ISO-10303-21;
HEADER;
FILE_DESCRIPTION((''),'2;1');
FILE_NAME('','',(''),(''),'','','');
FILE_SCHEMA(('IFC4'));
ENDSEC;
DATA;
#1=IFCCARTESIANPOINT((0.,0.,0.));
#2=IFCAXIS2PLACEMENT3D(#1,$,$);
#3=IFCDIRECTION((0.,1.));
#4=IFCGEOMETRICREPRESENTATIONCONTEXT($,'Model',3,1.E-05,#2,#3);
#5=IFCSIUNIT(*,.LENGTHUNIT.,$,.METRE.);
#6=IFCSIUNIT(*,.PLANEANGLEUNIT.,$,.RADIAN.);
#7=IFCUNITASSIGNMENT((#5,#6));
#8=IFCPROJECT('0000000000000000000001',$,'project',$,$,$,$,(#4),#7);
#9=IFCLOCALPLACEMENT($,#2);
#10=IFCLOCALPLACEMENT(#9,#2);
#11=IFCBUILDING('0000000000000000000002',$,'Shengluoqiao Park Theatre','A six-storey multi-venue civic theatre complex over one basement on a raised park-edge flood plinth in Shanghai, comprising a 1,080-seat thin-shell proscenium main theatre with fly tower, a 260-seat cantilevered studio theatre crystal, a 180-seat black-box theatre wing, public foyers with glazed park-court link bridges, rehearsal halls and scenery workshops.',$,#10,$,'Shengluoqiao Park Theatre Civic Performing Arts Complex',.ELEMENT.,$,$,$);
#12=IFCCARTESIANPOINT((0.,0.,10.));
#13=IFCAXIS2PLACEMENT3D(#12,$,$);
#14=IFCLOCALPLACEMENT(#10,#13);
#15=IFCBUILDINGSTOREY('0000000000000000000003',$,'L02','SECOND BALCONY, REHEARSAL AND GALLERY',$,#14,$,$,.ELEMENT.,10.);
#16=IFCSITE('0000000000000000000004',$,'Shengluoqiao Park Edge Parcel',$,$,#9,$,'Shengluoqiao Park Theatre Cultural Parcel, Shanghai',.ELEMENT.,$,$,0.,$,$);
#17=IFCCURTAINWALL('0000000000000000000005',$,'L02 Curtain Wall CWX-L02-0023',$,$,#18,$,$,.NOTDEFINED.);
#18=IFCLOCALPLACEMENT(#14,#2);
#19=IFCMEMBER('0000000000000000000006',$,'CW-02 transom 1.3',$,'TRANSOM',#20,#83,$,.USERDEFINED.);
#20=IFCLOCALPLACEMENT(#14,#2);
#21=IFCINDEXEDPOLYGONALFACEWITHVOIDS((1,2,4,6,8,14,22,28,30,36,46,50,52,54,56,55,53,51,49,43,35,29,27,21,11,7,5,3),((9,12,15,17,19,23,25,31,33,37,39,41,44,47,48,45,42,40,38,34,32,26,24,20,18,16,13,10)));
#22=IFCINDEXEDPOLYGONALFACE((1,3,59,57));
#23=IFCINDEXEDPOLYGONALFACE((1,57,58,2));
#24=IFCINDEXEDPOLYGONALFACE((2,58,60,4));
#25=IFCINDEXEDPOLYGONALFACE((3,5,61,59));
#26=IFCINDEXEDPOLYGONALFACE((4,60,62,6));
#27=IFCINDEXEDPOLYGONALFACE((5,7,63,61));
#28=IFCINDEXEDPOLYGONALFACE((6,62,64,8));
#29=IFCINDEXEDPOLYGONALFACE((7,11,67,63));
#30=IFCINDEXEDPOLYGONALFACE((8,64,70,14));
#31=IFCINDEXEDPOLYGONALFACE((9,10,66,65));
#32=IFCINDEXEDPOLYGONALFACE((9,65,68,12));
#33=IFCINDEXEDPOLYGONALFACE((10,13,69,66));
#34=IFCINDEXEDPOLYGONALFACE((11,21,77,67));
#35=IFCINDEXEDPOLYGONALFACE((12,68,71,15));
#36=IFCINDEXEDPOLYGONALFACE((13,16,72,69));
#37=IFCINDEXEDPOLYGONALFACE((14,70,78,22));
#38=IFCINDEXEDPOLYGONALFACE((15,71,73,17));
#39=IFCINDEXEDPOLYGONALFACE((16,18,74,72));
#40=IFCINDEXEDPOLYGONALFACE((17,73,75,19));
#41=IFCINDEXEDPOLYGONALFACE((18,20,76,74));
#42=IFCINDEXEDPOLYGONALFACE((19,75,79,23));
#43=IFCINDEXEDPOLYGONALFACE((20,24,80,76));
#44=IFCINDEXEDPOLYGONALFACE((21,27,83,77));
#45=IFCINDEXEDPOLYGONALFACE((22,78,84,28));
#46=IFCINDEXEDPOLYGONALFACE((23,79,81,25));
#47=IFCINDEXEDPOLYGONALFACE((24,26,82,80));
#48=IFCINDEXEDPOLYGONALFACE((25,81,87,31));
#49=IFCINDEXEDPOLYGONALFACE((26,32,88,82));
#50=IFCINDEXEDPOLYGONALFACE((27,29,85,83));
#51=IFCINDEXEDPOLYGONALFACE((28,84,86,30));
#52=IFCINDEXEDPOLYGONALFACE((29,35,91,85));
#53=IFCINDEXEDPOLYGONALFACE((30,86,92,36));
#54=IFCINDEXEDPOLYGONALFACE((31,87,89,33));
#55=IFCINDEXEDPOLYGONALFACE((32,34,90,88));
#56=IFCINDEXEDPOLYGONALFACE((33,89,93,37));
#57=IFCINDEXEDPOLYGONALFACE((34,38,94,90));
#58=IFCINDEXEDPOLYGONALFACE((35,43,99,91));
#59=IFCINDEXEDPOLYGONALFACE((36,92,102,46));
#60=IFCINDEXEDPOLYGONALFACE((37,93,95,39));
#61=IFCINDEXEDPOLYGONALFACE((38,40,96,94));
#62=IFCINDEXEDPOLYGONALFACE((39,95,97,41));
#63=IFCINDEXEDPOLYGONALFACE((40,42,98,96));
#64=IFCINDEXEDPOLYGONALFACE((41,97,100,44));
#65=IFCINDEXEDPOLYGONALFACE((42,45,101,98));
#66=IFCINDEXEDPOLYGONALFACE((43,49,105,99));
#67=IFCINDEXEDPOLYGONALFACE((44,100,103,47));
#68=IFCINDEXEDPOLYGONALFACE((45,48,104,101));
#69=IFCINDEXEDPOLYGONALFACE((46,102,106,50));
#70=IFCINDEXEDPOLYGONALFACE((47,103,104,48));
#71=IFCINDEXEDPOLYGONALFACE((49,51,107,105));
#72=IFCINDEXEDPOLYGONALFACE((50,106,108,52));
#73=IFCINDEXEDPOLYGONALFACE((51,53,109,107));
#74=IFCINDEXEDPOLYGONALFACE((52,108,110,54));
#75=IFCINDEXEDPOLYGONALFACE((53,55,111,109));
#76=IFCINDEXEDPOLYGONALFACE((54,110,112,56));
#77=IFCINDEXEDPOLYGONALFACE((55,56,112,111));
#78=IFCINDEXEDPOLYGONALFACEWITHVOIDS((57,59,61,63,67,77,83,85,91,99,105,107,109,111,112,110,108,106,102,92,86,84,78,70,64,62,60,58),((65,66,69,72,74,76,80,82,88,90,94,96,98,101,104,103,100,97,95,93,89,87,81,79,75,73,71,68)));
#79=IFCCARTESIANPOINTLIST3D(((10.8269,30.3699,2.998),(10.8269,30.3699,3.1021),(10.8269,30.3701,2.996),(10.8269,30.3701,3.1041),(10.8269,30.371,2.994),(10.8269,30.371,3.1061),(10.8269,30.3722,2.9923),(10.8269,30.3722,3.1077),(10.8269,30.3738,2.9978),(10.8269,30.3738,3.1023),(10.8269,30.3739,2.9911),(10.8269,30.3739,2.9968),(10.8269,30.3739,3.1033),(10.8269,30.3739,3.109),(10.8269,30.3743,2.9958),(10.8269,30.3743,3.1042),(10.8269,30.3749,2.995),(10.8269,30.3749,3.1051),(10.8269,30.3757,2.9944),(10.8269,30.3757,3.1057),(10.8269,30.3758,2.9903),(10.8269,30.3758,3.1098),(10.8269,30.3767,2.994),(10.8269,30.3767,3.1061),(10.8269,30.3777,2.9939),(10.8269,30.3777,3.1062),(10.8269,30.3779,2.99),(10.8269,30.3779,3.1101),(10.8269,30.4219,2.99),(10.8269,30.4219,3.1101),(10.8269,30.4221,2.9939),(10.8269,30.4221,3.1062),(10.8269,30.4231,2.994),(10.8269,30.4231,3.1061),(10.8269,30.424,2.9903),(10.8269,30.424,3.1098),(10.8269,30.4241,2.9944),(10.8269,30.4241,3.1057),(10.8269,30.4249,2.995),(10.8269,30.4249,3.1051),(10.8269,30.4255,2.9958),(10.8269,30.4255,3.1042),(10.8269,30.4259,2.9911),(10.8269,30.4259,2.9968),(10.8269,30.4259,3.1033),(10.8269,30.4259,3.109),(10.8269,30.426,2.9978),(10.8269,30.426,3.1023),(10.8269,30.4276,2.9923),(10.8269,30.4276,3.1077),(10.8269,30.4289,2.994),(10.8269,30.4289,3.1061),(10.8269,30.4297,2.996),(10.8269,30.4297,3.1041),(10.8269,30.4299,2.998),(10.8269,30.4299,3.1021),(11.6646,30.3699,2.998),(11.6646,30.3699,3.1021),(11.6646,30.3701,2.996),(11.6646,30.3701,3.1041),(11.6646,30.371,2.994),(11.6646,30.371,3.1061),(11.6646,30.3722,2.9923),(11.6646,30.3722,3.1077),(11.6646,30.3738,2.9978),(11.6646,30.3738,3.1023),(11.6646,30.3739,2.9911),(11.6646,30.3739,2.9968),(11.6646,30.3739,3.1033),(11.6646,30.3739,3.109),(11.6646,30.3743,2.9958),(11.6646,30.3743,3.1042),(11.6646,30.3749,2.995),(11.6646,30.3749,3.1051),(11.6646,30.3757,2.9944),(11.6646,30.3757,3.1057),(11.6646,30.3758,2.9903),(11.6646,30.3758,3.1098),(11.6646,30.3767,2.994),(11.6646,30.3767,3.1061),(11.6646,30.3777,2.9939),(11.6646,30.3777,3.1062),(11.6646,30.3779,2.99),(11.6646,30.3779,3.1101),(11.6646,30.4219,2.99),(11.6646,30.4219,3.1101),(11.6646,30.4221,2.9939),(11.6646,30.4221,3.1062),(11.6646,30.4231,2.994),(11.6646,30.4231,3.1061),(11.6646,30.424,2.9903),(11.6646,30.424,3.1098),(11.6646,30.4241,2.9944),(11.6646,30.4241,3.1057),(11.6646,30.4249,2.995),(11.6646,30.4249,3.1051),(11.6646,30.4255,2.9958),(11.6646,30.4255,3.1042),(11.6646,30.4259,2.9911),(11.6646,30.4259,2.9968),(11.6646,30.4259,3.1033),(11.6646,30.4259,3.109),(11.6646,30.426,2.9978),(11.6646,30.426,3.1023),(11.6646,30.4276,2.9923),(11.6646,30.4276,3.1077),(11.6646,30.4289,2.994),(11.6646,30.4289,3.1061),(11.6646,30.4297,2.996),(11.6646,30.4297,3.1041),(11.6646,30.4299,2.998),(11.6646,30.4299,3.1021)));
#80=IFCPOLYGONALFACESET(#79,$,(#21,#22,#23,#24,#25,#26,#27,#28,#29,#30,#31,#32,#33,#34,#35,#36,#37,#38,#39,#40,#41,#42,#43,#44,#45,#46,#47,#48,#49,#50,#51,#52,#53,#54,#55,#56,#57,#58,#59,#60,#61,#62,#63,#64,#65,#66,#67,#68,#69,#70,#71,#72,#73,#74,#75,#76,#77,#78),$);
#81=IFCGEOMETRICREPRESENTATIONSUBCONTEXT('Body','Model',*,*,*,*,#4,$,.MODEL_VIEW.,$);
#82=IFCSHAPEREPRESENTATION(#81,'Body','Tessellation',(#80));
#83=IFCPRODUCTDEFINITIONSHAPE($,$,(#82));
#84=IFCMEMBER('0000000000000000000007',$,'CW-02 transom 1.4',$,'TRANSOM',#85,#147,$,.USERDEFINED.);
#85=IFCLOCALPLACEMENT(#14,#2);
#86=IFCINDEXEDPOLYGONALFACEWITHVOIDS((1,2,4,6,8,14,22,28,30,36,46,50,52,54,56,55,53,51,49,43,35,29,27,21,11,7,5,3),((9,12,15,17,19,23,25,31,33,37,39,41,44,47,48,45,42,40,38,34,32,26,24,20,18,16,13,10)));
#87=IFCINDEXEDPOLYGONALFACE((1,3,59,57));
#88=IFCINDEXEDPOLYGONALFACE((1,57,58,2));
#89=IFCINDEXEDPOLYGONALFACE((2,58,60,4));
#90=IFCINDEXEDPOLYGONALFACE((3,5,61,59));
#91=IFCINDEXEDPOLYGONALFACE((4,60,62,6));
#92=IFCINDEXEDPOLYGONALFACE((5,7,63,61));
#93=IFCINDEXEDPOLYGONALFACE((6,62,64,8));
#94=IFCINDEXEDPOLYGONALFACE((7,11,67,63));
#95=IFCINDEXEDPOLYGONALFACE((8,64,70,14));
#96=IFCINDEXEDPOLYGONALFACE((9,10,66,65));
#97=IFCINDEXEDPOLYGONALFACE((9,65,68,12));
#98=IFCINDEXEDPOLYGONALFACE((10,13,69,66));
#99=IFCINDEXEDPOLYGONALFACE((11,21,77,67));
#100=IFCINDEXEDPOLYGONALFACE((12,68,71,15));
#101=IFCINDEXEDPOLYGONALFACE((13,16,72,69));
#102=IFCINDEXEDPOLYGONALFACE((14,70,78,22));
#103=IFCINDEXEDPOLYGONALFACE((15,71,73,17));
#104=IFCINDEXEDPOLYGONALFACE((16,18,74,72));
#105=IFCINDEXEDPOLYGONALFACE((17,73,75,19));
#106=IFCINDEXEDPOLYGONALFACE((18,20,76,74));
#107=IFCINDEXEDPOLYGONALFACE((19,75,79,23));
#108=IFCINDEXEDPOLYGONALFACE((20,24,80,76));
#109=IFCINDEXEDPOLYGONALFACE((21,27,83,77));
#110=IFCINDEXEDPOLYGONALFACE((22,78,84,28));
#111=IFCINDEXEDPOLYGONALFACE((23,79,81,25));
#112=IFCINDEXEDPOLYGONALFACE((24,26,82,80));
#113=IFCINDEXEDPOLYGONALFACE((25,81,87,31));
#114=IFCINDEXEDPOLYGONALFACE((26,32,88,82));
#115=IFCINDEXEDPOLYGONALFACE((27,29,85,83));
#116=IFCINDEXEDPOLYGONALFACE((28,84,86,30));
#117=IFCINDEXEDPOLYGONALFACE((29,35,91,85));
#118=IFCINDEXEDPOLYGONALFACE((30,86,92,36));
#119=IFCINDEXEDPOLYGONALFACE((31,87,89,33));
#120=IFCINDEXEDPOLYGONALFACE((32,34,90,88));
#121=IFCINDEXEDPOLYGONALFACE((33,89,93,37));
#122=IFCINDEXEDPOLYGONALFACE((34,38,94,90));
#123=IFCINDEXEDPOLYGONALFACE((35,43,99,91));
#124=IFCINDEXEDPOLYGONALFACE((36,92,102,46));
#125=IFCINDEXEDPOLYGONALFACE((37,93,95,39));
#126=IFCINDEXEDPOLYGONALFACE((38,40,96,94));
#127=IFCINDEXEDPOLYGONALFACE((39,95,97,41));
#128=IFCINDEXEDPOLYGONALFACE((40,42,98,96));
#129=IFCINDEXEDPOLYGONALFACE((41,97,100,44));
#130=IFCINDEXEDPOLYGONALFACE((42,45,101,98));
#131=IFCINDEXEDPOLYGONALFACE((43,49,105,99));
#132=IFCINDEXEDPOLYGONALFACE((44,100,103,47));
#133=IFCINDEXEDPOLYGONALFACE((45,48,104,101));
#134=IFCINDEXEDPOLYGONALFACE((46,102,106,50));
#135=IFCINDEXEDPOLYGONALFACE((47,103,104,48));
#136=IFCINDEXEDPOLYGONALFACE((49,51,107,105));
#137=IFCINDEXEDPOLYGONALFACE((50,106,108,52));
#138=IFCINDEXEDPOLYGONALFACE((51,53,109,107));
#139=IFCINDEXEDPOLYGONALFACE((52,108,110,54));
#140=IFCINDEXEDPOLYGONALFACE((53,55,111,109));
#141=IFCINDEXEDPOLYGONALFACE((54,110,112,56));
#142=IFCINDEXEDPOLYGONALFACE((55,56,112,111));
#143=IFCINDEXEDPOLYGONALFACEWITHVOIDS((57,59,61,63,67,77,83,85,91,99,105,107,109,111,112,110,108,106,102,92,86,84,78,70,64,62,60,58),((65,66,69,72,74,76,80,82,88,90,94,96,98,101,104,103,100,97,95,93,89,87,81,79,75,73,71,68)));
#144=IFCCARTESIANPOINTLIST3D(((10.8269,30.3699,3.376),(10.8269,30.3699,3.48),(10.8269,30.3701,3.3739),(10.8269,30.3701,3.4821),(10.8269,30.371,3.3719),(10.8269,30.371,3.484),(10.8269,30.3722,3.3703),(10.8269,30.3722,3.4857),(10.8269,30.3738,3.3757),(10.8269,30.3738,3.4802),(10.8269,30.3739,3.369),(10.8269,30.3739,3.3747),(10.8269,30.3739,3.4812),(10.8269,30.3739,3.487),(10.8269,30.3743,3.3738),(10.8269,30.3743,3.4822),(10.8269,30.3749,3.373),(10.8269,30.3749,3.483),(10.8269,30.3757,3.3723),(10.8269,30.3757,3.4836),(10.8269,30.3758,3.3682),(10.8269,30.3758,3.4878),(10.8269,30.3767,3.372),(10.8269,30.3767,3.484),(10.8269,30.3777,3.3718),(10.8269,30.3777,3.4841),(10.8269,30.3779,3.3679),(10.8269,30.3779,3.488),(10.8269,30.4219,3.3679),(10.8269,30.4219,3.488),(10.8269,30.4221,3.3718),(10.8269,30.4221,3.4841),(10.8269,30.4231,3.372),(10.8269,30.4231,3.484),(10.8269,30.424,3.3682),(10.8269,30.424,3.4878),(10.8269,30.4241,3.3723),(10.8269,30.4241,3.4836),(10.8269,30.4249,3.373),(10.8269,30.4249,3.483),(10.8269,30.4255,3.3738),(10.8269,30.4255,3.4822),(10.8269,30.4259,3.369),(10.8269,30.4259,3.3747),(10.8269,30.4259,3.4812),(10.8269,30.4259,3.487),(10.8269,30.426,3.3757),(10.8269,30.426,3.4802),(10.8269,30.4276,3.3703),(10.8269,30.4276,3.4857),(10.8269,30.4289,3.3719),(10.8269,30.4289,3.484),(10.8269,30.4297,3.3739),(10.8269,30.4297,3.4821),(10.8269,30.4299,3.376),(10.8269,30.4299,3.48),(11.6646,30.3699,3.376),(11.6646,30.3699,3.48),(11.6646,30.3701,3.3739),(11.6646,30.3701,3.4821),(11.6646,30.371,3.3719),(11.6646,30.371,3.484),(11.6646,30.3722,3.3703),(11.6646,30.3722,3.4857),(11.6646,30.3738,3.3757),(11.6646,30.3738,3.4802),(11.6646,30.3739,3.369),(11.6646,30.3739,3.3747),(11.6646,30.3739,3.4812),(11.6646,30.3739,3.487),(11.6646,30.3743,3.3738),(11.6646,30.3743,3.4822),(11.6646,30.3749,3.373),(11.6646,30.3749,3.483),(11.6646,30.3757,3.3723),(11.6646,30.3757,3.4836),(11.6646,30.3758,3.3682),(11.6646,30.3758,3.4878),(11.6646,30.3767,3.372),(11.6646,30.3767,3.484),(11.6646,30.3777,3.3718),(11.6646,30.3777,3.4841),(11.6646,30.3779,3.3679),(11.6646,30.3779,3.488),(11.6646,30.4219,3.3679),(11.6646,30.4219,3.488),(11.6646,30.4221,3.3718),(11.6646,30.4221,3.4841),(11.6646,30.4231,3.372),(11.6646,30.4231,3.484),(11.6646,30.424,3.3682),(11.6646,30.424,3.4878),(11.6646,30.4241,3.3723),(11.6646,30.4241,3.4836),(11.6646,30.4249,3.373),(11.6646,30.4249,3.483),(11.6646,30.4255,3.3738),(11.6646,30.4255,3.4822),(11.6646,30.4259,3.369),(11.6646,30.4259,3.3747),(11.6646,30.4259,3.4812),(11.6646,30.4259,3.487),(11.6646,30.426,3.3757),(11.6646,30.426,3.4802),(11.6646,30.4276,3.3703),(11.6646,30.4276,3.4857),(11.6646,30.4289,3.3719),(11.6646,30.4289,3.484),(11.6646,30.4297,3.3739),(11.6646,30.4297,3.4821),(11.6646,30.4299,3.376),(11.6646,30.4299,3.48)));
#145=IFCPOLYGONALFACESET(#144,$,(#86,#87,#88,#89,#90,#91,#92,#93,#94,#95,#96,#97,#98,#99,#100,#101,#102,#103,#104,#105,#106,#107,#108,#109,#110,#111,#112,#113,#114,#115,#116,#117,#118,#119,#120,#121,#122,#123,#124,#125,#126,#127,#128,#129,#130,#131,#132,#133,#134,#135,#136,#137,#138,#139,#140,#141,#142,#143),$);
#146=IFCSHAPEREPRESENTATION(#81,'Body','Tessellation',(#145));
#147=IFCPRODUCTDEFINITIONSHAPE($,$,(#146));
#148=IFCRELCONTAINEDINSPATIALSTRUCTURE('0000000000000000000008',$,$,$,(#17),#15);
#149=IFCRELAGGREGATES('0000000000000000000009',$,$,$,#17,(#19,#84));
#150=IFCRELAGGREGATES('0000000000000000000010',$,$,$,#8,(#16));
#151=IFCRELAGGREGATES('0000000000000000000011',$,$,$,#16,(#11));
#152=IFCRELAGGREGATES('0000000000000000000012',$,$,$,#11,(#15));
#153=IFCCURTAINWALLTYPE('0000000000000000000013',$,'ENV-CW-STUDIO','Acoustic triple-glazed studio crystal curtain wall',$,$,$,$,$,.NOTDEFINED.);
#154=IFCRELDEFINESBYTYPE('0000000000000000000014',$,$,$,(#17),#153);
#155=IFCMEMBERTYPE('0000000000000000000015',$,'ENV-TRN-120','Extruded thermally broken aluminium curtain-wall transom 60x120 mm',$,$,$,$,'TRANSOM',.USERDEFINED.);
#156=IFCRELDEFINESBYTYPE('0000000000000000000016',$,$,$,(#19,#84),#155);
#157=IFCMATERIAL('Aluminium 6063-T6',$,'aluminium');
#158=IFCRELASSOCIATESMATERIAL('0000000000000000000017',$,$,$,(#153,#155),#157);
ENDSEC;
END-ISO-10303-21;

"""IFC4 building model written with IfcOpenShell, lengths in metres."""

from ifc_helpers import new_model, si_unit, direction, frame, origin, origin_2d, place, context, subcontext, project, spatial, hollow_rectangle, extrude, material, material_profile, profile_set, type_object, element, aggregate, save


model = new_model("IFC4")

# Units and contexts
model_context = context("Model", 3, precision=1e-05, world=origin(), true_north=direction((0.0, 1.0)))
body_context = subcontext(model_context, "Body", "Model", "MODEL_VIEW")
ifc_project = project(units=[si_unit("LENGTHUNIT", "METRE"), si_unit("PLANEANGLEUNIT", "RADIAN")], contexts=[model_context])

# Site, building, storey
site_placement = place(None, origin())
site = spatial("IfcSite", under=ifc_project, at=site_placement, Name="Shengluoqiao Park Edge Parcel", LongName="Shengluoqiao Park Theatre Cultural Parcel, Shanghai", CompositionType="ELEMENT", RefElevation=0.0)
building_placement = place(site_placement, origin())
building = spatial("IfcBuilding", under=site, at=building_placement, Name="Shengluoqiao Park Theatre", Description="A six-storey multi-venue civic theatre complex over one basement on a raised park-edge flood plinth in Shanghai, comprising a 1,080-seat thin-shell proscenium main theatre with fly tower, a 260-seat cantilevered studio theatre crystal, a 180-seat black-box theatre wing, public foyers with glazed park-court link bridges, rehearsal halls and scenery workshops.", LongName="Shengluoqiao Park Theatre Civic Performing Arts Complex", CompositionType="ELEMENT")
storey_placement = place(building_placement, frame((0.0, 0.0, 10.0)))
storey = spatial("IfcBuildingStorey", under=building, at=storey_placement, Name="L02", Description="SECOND BALCONY, REHEARSAL AND GALLERY", CompositionType="ELEMENT", Elevation=10.0)

# Curtain wall, members
ifc_material_1 = material(Name="Aluminium 6063-T6", Category="aluminium")
curtain_wall_type = type_object("IfcCurtainWallType", Name="ENV-CW-STUDIO", Description="Acoustic triple-glazed studio crystal curtain wall", PredefinedType="NOTDEFINED", material=ifc_material_1)
curtain_wall_placement = place(storey_placement, origin())
curtain_wall = element("IfcCurtainWall", 1, at=curtain_wall_placement, inside=storey, type_object=curtain_wall_type, Name="L02 Curtain Wall CWX-L02-0023", PredefinedType="NOTDEFINED")
ifc_material_profile_1 = material_profile(ifc_material_1, hollow_rectangle(XDim=0.0601, YDim=0.1201, WallThickness=0.0039, InnerFilletRadius=0.0039, OuterFilletRadius=0.0081, at=origin_2d()), Name="ALU TRANSOM 120x60x4")
ifc_profile_set_1 = profile_set([ifc_material_profile_1], Name="Aluminium 6063-T6")
member_type_1 = type_object("IfcMemberType", Name="ENV-TRN-120", Description="Extruded thermally broken aluminium curtain-wall transom 60x120 mm", ElementType="TRANSOM", PredefinedType="USERDEFINED", material=ifc_profile_set_1)
member_1_placement = place(storey_placement, frame((10.8269, 30.3999, 3.05), z_axis=(1.0, 0.0, 0.0), x_axis=(0.0, 1.0, 0.0)))
member_1 = element("IfcMember", 2, at=member_1_placement, type_object=member_type_1, Name="CW-02 transom 1.3", ObjectType="TRANSOM", PredefinedType="USERDEFINED", context=body_context, shape_type="SweptSolid", body=[
    extrude(hollow_rectangle(XDim=0.0601, YDim=0.1201, WallThickness=0.0039, InnerFilletRadius=0.0039, OuterFilletRadius=0.0081, at=origin_2d()), origin(), (0.0, 0.0, 1.0), 0.8376),
])
member_2_placement = place(storey_placement, frame((10.8269, 30.3999, 3.428), z_axis=(1.0, 0.0, 0.0), x_axis=(0.0, 1.0, 0.0)))
member_2 = element("IfcMember", 3, at=member_2_placement, type_object=member_type_1, Name="CW-02 transom 1.4", ObjectType="TRANSOM", PredefinedType="USERDEFINED", context=body_context, shape_type="SweptSolid", body=[
    extrude(hollow_rectangle(XDim=0.0601, YDim=0.1201, WallThickness=0.0039, InnerFilletRadius=0.0039, OuterFilletRadius=0.0081, at=origin_2d()), origin(), (0.0, 0.0, 1.0), 0.8376),
])

aggregate(curtain_wall, [member_1, member_2])

save(model, "model.ifc")
